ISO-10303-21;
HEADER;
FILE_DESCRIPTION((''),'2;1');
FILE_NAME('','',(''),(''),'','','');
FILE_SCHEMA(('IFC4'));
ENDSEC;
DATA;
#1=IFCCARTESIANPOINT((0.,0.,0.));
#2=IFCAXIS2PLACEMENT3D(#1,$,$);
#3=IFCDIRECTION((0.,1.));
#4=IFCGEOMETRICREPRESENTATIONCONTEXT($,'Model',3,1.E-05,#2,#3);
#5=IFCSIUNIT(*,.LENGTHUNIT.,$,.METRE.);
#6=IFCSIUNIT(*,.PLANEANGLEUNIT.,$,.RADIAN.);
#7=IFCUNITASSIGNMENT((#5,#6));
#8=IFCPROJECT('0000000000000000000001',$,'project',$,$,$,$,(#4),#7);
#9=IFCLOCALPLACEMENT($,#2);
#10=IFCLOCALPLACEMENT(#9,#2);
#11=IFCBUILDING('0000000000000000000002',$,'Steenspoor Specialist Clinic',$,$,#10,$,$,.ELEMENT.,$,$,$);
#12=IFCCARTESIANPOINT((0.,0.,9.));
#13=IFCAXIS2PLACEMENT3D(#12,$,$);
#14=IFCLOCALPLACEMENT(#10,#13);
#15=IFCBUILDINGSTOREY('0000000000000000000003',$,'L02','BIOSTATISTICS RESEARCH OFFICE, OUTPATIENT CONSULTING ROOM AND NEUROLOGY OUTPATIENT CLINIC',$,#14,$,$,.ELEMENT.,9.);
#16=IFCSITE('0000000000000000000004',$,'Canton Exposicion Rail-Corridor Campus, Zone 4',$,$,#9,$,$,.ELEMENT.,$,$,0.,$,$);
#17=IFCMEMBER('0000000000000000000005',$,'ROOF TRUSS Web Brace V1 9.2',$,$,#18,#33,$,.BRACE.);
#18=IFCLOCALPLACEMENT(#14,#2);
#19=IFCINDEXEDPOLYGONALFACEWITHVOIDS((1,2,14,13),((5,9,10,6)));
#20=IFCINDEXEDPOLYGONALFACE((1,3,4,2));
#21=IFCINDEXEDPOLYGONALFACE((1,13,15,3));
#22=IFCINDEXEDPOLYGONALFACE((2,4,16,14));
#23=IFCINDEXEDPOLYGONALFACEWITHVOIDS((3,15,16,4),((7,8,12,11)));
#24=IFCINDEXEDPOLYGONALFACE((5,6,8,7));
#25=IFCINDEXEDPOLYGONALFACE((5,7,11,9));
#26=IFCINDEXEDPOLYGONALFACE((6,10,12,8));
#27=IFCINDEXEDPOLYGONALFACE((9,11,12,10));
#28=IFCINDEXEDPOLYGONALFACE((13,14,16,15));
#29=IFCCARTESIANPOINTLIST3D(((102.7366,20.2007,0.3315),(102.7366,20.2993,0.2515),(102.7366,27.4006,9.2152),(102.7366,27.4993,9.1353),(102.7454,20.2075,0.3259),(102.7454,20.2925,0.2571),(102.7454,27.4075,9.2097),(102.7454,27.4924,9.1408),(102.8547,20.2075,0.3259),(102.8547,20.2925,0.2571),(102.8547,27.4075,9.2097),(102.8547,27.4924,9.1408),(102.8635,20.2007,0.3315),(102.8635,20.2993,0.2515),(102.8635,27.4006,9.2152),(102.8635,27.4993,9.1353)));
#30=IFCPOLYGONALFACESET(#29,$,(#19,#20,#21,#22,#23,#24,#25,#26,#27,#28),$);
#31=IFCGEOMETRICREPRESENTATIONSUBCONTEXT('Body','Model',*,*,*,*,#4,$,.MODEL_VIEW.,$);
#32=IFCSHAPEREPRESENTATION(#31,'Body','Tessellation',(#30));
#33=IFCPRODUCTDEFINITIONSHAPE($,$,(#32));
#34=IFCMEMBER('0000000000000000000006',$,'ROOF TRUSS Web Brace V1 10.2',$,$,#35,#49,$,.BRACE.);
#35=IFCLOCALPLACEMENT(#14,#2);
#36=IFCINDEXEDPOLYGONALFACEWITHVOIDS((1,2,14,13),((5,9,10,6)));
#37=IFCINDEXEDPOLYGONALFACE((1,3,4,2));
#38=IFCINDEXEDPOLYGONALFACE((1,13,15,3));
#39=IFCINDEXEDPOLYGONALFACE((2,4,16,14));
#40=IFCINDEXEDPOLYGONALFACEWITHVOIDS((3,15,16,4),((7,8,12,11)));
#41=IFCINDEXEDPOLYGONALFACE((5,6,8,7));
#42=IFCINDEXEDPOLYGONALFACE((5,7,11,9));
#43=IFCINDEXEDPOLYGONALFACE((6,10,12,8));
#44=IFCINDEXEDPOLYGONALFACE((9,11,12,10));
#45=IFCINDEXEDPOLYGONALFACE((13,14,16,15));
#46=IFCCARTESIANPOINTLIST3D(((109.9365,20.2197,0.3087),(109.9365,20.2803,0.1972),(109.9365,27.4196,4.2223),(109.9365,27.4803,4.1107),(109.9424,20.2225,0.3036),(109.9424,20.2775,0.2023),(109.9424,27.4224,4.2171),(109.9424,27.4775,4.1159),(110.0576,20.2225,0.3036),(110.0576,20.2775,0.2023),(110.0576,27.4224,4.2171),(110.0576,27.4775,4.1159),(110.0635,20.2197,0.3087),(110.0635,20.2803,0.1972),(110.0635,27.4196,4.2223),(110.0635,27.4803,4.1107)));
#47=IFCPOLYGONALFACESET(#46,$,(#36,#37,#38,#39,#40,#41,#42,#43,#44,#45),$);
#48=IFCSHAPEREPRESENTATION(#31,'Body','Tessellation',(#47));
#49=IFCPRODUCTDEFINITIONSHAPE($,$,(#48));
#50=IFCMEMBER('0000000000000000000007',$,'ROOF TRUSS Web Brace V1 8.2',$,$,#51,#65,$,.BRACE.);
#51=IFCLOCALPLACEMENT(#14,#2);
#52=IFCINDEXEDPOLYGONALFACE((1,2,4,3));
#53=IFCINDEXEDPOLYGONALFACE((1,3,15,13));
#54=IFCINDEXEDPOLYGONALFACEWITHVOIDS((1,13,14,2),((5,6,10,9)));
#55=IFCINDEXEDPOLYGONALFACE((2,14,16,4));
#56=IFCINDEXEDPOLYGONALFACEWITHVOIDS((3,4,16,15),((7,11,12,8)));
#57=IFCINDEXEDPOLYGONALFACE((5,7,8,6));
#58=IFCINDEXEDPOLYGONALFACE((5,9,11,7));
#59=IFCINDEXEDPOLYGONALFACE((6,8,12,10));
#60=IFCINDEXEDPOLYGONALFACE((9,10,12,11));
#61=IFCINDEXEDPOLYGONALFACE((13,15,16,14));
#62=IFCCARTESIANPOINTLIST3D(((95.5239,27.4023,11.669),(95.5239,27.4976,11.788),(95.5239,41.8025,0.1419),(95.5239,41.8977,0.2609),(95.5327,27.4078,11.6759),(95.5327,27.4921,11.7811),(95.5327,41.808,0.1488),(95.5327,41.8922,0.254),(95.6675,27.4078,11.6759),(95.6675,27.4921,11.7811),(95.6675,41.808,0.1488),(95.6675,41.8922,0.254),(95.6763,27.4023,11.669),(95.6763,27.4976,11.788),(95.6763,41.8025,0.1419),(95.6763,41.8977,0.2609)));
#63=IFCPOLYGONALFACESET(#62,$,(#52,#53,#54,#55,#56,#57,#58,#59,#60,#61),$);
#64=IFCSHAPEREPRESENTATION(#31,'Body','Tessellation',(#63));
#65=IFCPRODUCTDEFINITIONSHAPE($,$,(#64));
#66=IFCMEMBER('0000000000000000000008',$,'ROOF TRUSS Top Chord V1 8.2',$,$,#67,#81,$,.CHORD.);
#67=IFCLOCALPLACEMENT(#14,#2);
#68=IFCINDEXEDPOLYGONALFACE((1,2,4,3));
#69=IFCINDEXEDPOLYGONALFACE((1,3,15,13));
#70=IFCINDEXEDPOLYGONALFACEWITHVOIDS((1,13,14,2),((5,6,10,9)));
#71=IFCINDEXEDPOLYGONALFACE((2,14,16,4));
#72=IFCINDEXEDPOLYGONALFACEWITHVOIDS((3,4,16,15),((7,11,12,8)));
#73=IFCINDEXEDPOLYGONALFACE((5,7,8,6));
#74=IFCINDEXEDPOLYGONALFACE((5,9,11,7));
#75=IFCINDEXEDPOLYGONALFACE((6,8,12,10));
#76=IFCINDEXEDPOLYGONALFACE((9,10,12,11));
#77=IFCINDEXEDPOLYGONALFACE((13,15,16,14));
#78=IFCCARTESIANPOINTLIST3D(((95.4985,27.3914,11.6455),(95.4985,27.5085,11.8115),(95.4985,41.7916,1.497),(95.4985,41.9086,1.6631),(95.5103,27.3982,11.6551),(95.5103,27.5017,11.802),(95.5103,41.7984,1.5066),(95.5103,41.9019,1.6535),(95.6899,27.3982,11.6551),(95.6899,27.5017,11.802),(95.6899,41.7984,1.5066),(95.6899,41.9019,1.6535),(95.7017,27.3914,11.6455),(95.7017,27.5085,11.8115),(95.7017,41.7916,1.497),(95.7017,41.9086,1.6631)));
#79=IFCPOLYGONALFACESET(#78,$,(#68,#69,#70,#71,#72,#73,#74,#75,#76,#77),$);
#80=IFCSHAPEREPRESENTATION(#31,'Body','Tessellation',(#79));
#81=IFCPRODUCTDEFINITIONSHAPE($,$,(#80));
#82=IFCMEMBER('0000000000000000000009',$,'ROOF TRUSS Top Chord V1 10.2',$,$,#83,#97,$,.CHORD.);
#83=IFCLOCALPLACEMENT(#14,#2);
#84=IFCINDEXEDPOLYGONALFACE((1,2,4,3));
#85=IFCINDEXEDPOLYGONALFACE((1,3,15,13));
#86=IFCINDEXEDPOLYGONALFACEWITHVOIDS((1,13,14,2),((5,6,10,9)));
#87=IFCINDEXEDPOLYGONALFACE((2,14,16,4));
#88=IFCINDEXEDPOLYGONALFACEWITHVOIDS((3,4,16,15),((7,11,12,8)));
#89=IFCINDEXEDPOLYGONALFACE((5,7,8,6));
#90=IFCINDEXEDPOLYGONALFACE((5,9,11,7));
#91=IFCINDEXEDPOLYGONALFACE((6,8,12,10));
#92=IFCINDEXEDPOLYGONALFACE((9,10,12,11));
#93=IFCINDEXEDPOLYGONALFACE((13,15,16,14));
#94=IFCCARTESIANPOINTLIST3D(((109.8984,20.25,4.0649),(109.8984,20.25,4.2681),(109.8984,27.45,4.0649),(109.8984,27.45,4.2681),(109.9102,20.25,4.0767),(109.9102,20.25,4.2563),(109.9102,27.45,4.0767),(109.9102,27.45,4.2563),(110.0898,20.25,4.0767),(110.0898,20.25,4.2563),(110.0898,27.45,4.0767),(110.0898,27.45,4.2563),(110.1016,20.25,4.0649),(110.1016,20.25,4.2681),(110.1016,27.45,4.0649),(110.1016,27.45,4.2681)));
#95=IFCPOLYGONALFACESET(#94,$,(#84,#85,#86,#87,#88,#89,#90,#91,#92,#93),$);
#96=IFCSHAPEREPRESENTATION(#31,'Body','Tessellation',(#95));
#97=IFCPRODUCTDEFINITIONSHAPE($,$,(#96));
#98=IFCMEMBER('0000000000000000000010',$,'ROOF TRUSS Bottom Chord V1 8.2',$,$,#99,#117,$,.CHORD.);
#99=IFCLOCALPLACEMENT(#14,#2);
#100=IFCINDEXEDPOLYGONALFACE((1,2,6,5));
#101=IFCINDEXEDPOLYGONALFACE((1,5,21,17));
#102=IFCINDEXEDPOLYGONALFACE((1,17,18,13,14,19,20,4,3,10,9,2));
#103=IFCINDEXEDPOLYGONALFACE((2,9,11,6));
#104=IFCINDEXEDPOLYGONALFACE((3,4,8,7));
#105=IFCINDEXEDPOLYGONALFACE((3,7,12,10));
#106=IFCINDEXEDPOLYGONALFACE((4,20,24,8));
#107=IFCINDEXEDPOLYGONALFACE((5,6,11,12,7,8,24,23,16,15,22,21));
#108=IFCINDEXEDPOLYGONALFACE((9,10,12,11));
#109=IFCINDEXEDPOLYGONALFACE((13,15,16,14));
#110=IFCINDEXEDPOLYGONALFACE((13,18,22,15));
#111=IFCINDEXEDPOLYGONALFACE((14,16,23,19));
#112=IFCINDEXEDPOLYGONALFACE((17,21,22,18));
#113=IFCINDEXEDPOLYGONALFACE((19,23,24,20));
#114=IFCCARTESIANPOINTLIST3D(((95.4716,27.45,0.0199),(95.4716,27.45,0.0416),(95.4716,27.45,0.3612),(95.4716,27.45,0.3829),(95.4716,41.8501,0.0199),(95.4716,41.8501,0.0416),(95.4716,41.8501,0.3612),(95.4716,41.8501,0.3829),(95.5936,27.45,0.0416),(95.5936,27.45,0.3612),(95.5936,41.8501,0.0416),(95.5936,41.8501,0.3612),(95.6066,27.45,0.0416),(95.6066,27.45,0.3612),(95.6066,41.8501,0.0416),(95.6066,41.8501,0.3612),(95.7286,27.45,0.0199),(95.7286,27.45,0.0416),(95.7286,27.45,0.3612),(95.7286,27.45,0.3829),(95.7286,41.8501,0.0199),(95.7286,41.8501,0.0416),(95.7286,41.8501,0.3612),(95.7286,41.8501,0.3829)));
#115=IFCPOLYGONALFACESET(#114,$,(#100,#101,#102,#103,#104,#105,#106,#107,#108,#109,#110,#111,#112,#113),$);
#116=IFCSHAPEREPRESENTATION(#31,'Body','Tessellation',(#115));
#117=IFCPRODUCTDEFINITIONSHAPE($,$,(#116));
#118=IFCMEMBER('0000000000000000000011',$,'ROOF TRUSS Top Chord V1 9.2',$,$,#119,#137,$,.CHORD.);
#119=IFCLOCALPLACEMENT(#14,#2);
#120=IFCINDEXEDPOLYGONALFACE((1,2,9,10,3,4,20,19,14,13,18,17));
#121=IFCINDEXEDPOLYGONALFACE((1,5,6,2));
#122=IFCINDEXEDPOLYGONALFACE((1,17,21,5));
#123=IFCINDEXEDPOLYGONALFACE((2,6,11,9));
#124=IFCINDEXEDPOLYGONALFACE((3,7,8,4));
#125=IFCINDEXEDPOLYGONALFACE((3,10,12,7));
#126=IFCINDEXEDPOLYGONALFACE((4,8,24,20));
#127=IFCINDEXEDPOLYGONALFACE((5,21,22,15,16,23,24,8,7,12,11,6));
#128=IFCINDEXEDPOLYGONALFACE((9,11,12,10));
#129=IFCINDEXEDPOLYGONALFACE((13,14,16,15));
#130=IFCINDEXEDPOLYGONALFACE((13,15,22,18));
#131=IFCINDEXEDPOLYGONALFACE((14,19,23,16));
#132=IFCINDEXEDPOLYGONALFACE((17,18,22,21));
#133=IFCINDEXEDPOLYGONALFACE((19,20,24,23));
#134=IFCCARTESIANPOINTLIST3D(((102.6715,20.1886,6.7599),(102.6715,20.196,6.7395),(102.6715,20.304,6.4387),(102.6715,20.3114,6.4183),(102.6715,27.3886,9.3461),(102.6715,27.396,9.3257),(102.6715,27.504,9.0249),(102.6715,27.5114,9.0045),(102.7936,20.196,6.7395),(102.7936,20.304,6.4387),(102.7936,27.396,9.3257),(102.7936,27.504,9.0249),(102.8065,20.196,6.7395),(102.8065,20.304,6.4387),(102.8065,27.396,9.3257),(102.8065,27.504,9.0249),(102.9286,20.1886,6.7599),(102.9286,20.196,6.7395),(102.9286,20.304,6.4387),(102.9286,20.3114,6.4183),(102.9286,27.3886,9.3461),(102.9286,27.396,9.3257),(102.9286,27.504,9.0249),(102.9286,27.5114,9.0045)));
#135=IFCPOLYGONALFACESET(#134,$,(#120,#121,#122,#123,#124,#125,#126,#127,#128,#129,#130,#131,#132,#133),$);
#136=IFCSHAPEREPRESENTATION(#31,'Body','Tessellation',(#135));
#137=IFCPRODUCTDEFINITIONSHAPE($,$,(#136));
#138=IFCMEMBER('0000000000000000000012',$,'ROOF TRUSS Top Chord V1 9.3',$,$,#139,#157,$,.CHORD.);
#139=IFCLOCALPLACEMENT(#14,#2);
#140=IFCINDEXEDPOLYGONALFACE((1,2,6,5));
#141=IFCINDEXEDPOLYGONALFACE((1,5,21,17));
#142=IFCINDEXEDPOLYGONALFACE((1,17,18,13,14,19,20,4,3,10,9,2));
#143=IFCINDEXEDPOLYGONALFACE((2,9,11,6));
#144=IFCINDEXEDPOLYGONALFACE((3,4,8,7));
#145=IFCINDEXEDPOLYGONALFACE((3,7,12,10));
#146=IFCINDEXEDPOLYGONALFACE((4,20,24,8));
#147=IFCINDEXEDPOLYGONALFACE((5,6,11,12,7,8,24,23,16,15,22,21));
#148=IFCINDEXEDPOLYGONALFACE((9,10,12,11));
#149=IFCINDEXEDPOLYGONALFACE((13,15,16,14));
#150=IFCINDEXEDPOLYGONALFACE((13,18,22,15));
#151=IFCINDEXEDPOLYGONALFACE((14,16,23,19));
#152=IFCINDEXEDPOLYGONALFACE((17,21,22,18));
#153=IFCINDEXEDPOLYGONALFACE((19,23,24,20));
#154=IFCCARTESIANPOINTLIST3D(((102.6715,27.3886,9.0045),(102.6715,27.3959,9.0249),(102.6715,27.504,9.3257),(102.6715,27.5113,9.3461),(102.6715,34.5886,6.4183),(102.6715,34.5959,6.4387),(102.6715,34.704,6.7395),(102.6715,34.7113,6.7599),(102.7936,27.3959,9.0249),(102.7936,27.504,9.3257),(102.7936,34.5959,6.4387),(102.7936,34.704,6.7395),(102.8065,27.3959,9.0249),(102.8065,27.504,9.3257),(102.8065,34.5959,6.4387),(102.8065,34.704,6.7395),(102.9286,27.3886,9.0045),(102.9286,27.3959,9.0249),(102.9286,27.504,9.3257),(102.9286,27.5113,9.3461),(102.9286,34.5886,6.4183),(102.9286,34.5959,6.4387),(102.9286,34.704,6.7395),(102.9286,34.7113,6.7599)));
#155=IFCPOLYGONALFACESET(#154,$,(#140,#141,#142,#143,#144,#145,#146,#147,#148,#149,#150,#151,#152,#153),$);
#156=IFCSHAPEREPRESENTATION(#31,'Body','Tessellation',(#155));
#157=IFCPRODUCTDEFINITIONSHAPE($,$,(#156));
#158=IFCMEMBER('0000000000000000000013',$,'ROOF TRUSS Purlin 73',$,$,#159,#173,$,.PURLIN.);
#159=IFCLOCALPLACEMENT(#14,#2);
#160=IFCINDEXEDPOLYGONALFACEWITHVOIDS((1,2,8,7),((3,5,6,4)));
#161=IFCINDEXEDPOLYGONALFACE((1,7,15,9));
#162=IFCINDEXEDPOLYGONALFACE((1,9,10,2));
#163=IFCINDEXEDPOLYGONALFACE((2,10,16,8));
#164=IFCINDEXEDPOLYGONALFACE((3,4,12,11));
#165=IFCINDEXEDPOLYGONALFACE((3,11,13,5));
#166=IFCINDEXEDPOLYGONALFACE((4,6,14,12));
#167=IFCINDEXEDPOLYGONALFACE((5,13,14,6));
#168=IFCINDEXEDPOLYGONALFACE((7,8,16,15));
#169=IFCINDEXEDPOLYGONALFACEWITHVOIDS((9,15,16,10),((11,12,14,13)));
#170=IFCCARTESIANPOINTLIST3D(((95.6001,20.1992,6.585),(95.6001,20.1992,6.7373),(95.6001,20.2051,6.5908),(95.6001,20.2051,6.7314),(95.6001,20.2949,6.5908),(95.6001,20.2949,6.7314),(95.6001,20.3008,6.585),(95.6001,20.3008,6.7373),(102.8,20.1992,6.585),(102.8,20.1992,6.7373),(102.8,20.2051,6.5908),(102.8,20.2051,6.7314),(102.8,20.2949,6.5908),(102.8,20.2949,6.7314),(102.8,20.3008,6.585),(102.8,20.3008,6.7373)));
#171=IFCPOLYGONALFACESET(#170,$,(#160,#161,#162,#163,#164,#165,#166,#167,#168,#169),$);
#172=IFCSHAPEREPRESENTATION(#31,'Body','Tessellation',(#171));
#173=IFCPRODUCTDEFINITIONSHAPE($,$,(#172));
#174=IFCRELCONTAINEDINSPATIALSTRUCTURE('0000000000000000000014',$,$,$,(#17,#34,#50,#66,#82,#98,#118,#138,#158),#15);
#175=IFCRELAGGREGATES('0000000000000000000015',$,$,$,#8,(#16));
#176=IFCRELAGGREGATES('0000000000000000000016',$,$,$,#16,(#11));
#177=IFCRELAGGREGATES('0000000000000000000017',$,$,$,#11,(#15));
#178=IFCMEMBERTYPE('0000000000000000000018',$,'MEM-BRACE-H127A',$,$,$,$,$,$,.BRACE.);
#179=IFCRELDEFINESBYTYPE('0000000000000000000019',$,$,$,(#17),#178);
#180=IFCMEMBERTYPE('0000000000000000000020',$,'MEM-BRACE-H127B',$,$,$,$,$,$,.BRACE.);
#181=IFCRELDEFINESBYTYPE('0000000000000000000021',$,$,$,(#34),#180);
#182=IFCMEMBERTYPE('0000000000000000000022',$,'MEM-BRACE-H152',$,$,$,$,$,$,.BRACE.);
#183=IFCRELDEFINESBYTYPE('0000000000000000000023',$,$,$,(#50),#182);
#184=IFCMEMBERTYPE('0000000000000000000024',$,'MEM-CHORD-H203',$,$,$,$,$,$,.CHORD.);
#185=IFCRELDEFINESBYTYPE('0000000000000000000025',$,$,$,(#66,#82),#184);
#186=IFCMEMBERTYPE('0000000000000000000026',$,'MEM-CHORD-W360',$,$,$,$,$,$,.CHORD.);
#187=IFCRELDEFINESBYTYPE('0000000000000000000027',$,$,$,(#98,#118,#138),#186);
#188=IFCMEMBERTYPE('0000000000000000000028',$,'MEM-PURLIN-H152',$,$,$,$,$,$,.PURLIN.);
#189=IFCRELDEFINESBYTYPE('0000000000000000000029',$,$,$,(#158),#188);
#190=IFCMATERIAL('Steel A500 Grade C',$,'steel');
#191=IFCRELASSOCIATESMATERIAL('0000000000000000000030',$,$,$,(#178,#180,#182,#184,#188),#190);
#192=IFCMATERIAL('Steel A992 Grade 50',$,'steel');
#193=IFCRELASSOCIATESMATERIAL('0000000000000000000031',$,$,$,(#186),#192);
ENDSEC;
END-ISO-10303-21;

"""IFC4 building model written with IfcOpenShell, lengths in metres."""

from ifc_helpers import new_model, si_unit, direction, frame, origin, origin_2d, place, context, subcontext, project, spatial, hollow_rectangle, i_section, extrude, material, material_profile, profile_set, type_object, element, save


model = new_model("IFC4")

# Units and contexts
model_context = context("Model", 3, precision=1e-05, world=origin(), true_north=direction((0.0, 1.0)))
body_context = subcontext(model_context, "Body", "Model", "MODEL_VIEW")
ifc_project = project(units=[si_unit("LENGTHUNIT", "METRE"), si_unit("PLANEANGLEUNIT", "RADIAN")], contexts=[model_context])

# Site, building, storey
site_placement = place(None, origin())
site = spatial("IfcSite", under=ifc_project, at=site_placement, Name="Canton Exposicion Rail-Corridor Campus, Zone 4", CompositionType="ELEMENT", RefElevation=0.0)
building_placement = place(site_placement, origin())
building = spatial("IfcBuilding", under=site, at=building_placement, Name="Steenspoor Specialist Clinic", CompositionType="ELEMENT")
storey_placement = place(building_placement, frame((0.0, 0.0, 9.0)))
storey = spatial("IfcBuildingStorey", under=building, at=storey_placement, Name="L02", Description="BIOSTATISTICS RESEARCH OFFICE, OUTPATIENT CONSULTING ROOM AND NEUROLOGY OUTPATIENT CLINIC", CompositionType="ELEMENT", Elevation=9.0)

# Members
ifc_material_1 = material(Name="Steel A500 Grade C", Category="steel")
ifc_material_profile_1 = material_profile(ifc_material_1, hollow_rectangle(XDim=0.127, YDim=0.127, WallThickness=0.0088, at=origin_2d()), Name="HSS127X127X9.5")
ifc_profile_set_1 = profile_set([ifc_material_profile_1], Name="Steel A500 Grade C")
member_type_1 = type_object("IfcMemberType", Name="MEM-BRACE-H127A", PredefinedType="BRACE", material=ifc_profile_set_1)
member_1_placement = place(storey_placement, frame((102.8, 20.25, 0.2915), z_axis=(0.0, 0.629637, 0.776889), x_axis=(-1.0, 0.0, 0.0)))
element("IfcMember", 1, at=member_1_placement, inside=storey, type_object=member_type_1, Name="ROOF TRUSS Web Brace V1 9.2", PredefinedType="BRACE", context=body_context, shape_type="SweptSolid", body=[
    extrude(hollow_rectangle(XDim=0.127, YDim=0.127, WallThickness=0.0088, at=origin_2d()), origin(), (0.0, 0.0, 1.0), 11.4351),
])
ifc_material_profile_2 = material_profile(ifc_material_1, hollow_rectangle(XDim=0.127, YDim=0.127, WallThickness=0.0059, at=origin_2d()), Name="HSS127X127X6.4")
ifc_profile_set_2 = profile_set([ifc_material_profile_2], Name="Steel A500 Grade C")
member_type_2 = type_object("IfcMemberType", Name="MEM-BRACE-H127B", PredefinedType="BRACE", material=ifc_profile_set_2)
member_2_placement = place(storey_placement, frame((110.0, 20.25, 0.2529), z_axis=(0.0, 0.878596, 0.477566), x_axis=(-1.0, 0.0, 0.0)))
element("IfcMember", 2, at=member_2_placement, inside=storey, type_object=member_type_2, Name="ROOF TRUSS Web Brace V1 10.2", PredefinedType="BRACE", context=body_context, shape_type="SweptSolid", body=[
    extrude(hollow_rectangle(XDim=0.127, YDim=0.127, WallThickness=0.0059, at=origin_2d()), origin(), (0.0, 0.0, 1.0), 8.1948),
])
ifc_material_profile_3 = material_profile(ifc_material_1, hollow_rectangle(XDim=0.1523, YDim=0.1523, WallThickness=0.0088, at=origin_2d()), Name="HSS152X152X9.5")
ifc_profile_set_3 = profile_set([ifc_material_profile_3], Name="Steel A500 Grade C")
member_type_3 = type_object("IfcMemberType", Name="MEM-BRACE-H152", PredefinedType="BRACE", material=ifc_profile_set_3)
member_3_placement = place(storey_placement, frame((95.6001, 27.45, 11.7285), z_axis=(0.0, 0.780684, -0.624926), x_axis=(-1.0, 0.0, 0.0)))
element("IfcMember", 3, at=member_3_placement, inside=storey, type_object=member_type_3, Name="ROOF TRUSS Web Brace V1 8.2", PredefinedType="BRACE", context=body_context, shape_type="SweptSolid", body=[
    extrude(hollow_rectangle(XDim=0.1523, YDim=0.1523, WallThickness=0.0088, at=origin_2d()), origin(), (0.0, 0.0, 1.0), 18.4456),
])
ifc_material_profile_4 = material_profile(ifc_material_1, hollow_rectangle(XDim=0.2031, YDim=0.2031, WallThickness=0.0117, at=origin_2d()), Name="HSS203X203X12.7")
ifc_profile_set_4 = profile_set([ifc_material_profile_4], Name="Steel A500 Grade C")
member_type_4 = type_object("IfcMemberType", Name="MEM-CHORD-H203", PredefinedType="CHORD", material=ifc_profile_set_4)
member_4_placement = place(storey_placement, frame((95.6001, 27.45, 11.7285), z_axis=(0.0, 0.817405, -0.576063), x_axis=(-1.0, 0.0, 0.0)))
element("IfcMember", 4, at=member_4_placement, inside=storey, type_object=member_type_4, Name="ROOF TRUSS Top Chord V1 8.2", PredefinedType="CHORD", context=body_context, shape_type="SweptSolid", body=[
    extrude(hollow_rectangle(XDim=0.2031, YDim=0.2031, WallThickness=0.0117, at=origin_2d()), origin(), (0.0, 0.0, 1.0), 17.6169),
])
member_5_placement = place(storey_placement, frame((110.0, 20.25, 4.1665), z_axis=(0.0, 1.0, 0.0), x_axis=(-1.0, 0.0, 0.0)))
element("IfcMember", 5, at=member_5_placement, inside=storey, type_object=member_type_4, Name="ROOF TRUSS Top Chord V1 10.2", PredefinedType="CHORD", context=body_context, shape_type="SweptSolid", body=[
    extrude(hollow_rectangle(XDim=0.2031, YDim=0.2031, WallThickness=0.0117, at=origin_2d()), origin(), (0.0, 0.0, 1.0), 7.2),
])
ifc_material_2 = material(Name="Steel A992 Grade 50", Category="steel")
ifc_material_profile_5 = material_profile(ifc_material_2, i_section(OverallWidth=0.2571, OverallDepth=0.363, WebThickness=0.0129, FlangeThickness=0.0217, at=origin_2d()), Name="W360X122")
ifc_profile_set_5 = profile_set([ifc_material_profile_5], Name="Steel A992 Grade 50")
member_type_5 = type_object("IfcMemberType", Name="MEM-CHORD-W360", PredefinedType="CHORD", material=ifc_profile_set_5)
member_6_placement = place(storey_placement, frame((95.6001, 27.45, 0.2014), z_axis=(0.0, 1.0, 0.0), x_axis=(-1.0, 0.0, 0.0)))
element("IfcMember", 6, at=member_6_placement, inside=storey, type_object=member_type_5, Name="ROOF TRUSS Bottom Chord V1 8.2", PredefinedType="CHORD", context=body_context, shape_type="SweptSolid", body=[
    extrude(i_section(OverallWidth=0.2571, OverallDepth=0.363, WebThickness=0.0129, FlangeThickness=0.0217, at=origin_2d()), origin(), (0.0, 0.0, 1.0), 14.4001),
])
for number, where, z_axis, x_axis, name in (
    (7, (102.8, 20.25, 6.5891), (0.0, 0.941129, 0.338048), (-1.0, 0.0, 0.0), "ROOF TRUSS Top Chord V1 9.2"),
    (8, (102.8, 27.45, 9.1753), (0.0, 0.941129, -0.338048), (-1.0, 0.0, 0.0), "ROOF TRUSS Top Chord V1 9.3"),
):
    element("IfcMember", number, at=place(storey_placement, frame(where, z_axis=z_axis, x_axis=x_axis)), inside=storey, type_object=member_type_5, Name=name, PredefinedType="CHORD", context=body_context, shape_type="SweptSolid", body=[
        extrude(i_section(OverallWidth=0.2571, OverallDepth=0.363, WebThickness=0.0129, FlangeThickness=0.0217, at=origin_2d()), origin(), (0.0, 0.0, 1.0), 7.6504),
    ])
ifc_material_profile_6 = material_profile(ifc_material_1, hollow_rectangle(XDim=0.1016, YDim=0.1523, WallThickness=0.0059, at=origin_2d()), Name="HSS152X102X6.4")
ifc_profile_set_6 = profile_set([ifc_material_profile_6], Name="Steel A500 Grade C")
member_type_6 = type_object("IfcMemberType", Name="MEM-PURLIN-H152", PredefinedType="PURLIN", material=ifc_profile_set_6)
member_7_placement = place(storey_placement, frame((95.6001, 20.25, 6.6611), z_axis=(1.0, 0.0, 0.0), x_axis=(0.0, 1.0, 0.0)))
element("IfcMember", 9, at=member_7_placement, inside=storey, type_object=member_type_6, Name="ROOF TRUSS Purlin 73", PredefinedType="PURLIN", context=body_context, shape_type="SweptSolid", body=[
    extrude(hollow_rectangle(XDim=0.1016, YDim=0.1523, WallThickness=0.0059, at=origin_2d()), origin(), (0.0, 0.0, 1.0), 7.2),
])

save(model, "model.ifc")
